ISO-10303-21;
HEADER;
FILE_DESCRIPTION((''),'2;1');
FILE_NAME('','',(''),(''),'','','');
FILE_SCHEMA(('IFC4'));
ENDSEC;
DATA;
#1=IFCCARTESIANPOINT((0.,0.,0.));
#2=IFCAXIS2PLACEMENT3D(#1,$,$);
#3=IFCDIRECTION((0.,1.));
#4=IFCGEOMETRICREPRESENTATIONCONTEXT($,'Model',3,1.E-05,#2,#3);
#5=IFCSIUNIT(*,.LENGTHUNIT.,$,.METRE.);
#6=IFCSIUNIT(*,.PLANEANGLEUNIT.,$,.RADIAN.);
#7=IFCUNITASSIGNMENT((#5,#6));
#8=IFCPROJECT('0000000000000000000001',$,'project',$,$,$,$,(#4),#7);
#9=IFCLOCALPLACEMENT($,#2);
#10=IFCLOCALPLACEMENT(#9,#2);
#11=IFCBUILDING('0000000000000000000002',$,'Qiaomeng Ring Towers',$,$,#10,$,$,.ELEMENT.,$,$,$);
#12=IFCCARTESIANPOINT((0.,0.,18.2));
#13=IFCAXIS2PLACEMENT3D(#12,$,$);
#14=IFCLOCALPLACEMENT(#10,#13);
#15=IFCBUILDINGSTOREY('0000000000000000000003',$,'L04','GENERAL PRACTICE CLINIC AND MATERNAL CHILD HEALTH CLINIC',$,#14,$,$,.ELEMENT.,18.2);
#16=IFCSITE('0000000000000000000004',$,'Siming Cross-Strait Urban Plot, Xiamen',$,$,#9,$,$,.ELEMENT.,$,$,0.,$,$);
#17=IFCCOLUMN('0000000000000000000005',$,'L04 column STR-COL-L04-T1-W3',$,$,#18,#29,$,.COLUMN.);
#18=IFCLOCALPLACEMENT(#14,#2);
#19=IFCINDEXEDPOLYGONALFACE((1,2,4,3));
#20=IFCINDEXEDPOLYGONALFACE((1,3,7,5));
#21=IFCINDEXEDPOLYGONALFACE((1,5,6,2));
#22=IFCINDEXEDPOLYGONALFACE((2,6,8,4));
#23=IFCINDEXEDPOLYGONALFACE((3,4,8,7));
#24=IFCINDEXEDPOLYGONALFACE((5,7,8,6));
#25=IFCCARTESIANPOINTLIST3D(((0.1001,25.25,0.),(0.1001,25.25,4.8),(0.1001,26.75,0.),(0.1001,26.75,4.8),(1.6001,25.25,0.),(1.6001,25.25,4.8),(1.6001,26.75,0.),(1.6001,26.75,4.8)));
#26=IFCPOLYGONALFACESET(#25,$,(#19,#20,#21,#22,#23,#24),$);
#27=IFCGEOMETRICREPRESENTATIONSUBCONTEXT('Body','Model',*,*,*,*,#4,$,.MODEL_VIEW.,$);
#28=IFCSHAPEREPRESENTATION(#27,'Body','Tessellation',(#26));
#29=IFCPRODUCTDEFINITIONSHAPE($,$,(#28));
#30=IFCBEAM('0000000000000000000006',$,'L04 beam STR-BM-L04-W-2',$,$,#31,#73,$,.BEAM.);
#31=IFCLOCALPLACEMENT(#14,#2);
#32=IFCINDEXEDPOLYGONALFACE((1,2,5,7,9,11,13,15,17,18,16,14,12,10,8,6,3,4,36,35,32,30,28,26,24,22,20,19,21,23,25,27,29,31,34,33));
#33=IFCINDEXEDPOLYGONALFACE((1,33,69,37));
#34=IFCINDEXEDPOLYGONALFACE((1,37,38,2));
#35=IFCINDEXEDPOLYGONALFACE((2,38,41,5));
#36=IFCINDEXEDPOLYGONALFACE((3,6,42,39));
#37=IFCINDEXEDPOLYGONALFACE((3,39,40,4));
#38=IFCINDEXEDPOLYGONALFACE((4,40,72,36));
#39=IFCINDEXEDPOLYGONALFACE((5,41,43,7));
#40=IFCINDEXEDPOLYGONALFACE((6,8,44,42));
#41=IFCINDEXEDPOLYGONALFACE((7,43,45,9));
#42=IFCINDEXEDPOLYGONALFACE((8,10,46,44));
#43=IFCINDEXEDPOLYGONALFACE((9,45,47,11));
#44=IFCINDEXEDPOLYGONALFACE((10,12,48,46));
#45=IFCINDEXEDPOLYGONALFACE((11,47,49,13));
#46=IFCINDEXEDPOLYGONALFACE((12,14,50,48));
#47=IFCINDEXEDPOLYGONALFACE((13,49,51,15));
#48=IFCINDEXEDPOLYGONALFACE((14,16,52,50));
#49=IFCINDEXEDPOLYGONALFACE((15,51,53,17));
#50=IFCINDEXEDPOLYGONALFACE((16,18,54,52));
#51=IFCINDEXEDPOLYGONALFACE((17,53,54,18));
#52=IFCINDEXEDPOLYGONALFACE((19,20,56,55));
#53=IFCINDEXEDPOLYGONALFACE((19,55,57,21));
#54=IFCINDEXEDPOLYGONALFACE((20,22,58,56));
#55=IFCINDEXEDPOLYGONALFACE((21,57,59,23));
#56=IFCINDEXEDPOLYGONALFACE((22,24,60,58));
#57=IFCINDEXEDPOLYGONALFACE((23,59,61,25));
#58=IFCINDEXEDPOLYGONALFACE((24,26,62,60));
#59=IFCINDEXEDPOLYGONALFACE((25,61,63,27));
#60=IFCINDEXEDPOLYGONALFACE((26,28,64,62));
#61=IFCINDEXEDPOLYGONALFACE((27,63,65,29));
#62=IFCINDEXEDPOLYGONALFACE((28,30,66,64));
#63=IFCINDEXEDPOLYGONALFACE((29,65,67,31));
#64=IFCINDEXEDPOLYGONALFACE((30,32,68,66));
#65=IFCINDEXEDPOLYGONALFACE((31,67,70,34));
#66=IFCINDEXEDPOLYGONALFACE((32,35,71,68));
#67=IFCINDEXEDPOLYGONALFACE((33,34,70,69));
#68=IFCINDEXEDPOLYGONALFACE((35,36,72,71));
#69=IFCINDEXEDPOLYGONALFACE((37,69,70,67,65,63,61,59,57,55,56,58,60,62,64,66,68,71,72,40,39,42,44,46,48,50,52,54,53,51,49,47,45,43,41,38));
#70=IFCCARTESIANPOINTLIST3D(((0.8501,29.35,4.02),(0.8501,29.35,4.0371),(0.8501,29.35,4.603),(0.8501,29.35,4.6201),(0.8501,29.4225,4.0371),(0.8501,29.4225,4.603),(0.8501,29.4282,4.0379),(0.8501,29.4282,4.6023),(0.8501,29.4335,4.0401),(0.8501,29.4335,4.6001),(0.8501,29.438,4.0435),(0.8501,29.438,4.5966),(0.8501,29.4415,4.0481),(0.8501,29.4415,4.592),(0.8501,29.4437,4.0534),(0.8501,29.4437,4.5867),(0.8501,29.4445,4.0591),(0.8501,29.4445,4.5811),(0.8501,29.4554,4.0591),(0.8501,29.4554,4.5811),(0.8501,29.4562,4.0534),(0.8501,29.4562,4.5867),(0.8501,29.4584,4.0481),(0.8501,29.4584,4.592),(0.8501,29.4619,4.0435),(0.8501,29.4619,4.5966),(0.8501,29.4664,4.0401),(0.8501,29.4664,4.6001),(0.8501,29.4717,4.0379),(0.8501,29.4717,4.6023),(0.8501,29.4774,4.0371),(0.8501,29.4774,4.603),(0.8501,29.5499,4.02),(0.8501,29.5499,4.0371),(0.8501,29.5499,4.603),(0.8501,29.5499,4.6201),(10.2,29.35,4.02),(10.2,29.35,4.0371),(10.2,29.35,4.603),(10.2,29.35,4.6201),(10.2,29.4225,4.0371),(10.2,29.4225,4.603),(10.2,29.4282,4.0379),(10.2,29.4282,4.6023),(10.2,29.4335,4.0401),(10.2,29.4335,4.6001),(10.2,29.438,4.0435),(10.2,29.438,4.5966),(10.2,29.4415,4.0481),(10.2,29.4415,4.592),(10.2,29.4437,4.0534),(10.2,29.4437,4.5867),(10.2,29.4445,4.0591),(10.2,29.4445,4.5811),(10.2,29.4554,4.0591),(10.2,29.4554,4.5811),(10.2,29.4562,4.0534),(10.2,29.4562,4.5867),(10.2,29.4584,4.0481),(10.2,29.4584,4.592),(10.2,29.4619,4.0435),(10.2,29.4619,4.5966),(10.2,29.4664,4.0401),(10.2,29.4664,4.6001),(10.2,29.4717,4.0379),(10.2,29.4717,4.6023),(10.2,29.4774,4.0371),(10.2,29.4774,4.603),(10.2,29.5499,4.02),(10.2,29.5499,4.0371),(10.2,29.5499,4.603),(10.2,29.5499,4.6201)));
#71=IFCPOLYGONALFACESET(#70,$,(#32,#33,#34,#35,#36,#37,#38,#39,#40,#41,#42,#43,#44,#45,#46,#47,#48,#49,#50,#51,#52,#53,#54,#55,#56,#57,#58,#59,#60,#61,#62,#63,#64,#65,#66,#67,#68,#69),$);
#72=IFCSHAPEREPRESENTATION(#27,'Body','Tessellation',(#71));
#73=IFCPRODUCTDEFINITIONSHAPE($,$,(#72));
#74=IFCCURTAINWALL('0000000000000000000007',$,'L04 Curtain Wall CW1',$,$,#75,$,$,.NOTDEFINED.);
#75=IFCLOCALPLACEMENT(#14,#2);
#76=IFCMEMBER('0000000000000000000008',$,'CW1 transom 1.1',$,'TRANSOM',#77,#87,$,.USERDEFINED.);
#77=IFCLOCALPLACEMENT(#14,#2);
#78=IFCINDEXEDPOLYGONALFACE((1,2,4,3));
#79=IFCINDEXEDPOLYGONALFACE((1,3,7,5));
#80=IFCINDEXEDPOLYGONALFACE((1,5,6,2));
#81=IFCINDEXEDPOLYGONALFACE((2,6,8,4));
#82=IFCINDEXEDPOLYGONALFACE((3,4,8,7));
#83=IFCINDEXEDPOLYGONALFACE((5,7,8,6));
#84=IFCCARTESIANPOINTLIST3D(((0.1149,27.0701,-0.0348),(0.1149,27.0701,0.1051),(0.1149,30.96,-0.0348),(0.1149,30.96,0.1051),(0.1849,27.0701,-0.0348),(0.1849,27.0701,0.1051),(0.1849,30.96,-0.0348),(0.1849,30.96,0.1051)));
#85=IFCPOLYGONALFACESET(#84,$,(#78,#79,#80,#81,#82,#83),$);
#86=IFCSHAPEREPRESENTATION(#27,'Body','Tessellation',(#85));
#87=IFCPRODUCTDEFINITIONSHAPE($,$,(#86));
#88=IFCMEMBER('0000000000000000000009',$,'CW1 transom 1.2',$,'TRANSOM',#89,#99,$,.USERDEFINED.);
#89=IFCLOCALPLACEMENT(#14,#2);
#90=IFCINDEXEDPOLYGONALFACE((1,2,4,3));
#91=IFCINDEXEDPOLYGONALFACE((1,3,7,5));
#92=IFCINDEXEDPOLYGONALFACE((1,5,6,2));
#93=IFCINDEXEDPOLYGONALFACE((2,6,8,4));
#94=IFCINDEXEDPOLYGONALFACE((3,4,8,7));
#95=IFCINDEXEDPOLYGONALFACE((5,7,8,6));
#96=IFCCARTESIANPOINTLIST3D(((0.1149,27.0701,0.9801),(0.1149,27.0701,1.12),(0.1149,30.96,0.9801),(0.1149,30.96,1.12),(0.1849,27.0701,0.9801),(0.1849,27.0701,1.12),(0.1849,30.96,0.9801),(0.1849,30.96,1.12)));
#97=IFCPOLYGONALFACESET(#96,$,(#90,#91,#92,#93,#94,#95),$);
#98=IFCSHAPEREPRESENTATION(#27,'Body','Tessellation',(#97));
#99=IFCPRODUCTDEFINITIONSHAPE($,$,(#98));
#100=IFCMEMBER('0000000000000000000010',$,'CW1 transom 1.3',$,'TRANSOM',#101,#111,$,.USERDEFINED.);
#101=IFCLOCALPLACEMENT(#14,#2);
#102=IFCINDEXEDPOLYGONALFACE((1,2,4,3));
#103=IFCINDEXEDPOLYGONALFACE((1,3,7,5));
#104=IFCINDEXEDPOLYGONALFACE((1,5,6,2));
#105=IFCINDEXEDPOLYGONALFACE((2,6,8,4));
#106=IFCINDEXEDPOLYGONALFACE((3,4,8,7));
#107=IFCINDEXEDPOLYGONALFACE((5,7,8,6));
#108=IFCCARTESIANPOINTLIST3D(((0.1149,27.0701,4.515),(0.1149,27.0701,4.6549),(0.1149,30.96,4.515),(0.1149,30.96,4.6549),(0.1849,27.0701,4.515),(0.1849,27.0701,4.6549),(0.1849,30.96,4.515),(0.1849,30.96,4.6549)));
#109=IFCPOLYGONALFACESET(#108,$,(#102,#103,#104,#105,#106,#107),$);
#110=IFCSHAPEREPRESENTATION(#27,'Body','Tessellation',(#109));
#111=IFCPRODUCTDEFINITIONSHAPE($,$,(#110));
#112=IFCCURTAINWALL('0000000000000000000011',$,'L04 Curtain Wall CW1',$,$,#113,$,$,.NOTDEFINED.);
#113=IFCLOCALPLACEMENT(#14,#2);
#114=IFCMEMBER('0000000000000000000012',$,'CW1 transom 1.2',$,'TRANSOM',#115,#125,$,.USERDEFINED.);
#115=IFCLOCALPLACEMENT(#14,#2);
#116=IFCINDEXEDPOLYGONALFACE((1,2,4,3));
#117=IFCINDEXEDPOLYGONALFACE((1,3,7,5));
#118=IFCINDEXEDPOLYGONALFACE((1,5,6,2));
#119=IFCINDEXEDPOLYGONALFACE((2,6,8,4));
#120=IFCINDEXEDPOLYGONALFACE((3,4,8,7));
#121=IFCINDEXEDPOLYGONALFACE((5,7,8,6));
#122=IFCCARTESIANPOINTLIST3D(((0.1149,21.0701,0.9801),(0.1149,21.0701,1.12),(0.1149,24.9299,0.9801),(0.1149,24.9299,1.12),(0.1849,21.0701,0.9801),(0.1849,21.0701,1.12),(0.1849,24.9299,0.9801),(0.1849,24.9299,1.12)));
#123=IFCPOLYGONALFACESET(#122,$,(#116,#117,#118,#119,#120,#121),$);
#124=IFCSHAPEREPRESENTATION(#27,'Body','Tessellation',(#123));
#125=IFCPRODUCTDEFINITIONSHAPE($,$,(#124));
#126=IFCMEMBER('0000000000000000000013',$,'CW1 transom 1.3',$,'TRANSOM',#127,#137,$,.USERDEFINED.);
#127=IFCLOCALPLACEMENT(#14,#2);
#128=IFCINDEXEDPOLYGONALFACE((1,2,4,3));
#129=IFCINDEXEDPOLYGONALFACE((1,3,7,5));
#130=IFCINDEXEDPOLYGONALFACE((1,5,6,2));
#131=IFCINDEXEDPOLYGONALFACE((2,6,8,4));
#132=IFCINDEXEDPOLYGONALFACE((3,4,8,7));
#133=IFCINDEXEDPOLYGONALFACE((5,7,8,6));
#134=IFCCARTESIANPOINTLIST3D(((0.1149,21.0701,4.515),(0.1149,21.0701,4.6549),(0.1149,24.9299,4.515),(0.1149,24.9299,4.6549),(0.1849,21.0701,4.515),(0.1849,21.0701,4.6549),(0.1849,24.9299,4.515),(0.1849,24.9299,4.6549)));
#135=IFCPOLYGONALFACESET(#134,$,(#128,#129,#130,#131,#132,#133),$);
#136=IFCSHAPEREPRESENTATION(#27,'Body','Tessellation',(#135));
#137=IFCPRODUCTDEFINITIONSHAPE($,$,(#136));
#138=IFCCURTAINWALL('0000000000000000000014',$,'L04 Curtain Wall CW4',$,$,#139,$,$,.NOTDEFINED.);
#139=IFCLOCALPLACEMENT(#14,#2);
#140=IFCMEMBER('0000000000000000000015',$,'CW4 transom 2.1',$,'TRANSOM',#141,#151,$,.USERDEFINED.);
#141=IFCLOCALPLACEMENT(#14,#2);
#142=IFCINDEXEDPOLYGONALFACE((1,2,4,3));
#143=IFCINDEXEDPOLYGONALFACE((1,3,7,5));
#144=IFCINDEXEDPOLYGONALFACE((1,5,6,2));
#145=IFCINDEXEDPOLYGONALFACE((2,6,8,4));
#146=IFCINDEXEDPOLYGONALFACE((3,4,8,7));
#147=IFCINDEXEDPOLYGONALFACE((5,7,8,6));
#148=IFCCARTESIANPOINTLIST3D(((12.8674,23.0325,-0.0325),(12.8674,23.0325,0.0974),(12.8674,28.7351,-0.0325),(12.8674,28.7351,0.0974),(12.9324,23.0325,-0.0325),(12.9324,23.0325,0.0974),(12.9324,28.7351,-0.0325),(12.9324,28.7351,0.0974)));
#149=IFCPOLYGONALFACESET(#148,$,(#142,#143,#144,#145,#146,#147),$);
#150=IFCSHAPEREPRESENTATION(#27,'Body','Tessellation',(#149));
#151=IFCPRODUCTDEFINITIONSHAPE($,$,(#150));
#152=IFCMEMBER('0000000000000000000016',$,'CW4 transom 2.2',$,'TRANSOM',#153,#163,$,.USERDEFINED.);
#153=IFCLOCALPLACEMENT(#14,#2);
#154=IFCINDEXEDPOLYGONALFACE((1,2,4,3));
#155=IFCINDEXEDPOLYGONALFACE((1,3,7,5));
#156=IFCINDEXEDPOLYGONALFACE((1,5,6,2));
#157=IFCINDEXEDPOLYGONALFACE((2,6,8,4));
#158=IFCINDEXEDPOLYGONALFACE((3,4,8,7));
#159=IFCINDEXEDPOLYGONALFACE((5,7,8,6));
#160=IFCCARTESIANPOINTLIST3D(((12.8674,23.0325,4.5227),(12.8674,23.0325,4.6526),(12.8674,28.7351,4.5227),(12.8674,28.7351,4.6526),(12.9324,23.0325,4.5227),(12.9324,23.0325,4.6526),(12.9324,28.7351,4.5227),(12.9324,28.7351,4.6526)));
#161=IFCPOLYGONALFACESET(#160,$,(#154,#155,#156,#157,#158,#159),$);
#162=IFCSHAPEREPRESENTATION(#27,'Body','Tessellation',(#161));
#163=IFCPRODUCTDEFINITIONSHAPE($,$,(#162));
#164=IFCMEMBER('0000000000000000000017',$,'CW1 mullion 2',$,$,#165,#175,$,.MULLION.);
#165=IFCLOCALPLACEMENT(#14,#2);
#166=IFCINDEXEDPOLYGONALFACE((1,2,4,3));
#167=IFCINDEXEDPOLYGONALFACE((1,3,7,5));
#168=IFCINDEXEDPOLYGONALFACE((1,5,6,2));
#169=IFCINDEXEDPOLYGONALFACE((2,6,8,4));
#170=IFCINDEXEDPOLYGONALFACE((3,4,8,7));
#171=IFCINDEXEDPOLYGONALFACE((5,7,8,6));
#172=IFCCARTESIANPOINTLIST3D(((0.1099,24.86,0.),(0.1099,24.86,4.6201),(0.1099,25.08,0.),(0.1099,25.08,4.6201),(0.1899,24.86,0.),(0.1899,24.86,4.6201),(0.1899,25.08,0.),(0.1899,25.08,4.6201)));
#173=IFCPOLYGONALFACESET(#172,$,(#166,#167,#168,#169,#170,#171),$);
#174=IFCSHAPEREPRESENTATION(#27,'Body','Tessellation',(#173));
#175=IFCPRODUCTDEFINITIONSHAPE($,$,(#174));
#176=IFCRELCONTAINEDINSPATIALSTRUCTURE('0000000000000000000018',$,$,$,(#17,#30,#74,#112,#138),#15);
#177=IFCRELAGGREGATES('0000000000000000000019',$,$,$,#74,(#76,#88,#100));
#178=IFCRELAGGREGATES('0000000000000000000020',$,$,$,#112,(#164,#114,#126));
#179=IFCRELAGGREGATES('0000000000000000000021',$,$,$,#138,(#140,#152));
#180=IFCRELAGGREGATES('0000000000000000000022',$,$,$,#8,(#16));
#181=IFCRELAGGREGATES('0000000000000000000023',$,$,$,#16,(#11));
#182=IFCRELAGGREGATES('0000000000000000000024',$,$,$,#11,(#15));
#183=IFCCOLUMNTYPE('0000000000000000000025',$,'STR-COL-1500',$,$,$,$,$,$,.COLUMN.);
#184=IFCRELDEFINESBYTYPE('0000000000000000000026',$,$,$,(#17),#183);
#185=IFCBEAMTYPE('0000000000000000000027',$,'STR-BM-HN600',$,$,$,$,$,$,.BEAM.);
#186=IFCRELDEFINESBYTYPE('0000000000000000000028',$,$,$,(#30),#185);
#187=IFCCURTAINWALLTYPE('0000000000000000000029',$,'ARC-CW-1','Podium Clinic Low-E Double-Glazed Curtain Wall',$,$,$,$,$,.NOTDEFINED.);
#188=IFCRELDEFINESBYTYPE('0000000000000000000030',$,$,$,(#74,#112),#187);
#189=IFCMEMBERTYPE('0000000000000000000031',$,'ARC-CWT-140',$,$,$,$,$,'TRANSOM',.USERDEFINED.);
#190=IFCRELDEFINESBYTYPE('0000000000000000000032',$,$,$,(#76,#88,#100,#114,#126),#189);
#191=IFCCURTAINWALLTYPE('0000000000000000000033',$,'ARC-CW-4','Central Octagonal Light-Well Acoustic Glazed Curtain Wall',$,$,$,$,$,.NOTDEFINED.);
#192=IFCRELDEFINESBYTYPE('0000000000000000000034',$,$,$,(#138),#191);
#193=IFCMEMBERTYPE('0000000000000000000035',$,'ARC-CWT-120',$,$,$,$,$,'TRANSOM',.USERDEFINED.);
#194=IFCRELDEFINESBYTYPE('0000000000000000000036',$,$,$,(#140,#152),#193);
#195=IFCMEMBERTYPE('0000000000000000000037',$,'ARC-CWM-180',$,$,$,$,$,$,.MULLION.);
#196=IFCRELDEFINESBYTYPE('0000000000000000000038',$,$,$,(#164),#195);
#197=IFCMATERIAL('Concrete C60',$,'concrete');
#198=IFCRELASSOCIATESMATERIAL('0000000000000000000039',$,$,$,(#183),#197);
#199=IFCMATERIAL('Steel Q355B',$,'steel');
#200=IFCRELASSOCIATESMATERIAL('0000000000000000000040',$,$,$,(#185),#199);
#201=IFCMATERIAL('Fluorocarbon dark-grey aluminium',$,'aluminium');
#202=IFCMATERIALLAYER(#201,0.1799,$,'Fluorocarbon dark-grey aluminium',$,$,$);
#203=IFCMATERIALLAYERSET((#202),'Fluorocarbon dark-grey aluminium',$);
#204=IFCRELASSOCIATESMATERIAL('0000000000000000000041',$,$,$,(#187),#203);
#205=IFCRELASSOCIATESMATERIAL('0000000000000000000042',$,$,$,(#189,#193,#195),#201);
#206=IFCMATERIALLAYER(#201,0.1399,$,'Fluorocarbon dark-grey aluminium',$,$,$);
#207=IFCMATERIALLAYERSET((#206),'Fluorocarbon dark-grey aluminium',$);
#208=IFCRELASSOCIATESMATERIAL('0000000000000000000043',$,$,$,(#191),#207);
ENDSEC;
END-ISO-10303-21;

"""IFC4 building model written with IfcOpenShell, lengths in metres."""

from ifc_helpers import new_model, si_unit, direction, frame, origin, origin_2d, place, context, subcontext, project, spatial, rectangle, i_section, extrude, source, transform, mapped, material, layer, layer_set, material_profile, profile_set, type_object, element, aggregate, save


model = new_model("IFC4")

# Units and contexts
model_context = context("Model", 3, precision=1e-05, world=origin(), true_north=direction((0.0, 1.0)))
body_context = subcontext(model_context, "Body", "Model", "MODEL_VIEW")
ifc_project = project(units=[si_unit("LENGTHUNIT", "METRE"), si_unit("PLANEANGLEUNIT", "RADIAN")], contexts=[model_context])

# Site, building, storey
site_placement = place(None, origin())
site = spatial("IfcSite", under=ifc_project, at=site_placement, Name="Siming Cross-Strait Urban Plot, Xiamen", CompositionType="ELEMENT", RefElevation=0.0)
building_placement = place(site_placement, origin())
building = spatial("IfcBuilding", under=site, at=building_placement, Name="Qiaomeng Ring Towers", CompositionType="ELEMENT")
storey_placement = place(building_placement, frame((0.0, 0.0, 18.2)))
storey = spatial("IfcBuildingStorey", under=building, at=storey_placement, Name="L04", Description="GENERAL PRACTICE CLINIC AND MATERNAL CHILD HEALTH CLINIC", CompositionType="ELEMENT", Elevation=18.2)

# Column
ifc_material_1 = material(Name="Concrete C60", Category="concrete")
ifc_material_profile_1 = material_profile(ifc_material_1, rectangle(XDim=1.5, YDim=1.5, at=origin_2d()), Name="RC COL 1500x1500")
ifc_profile_set_1 = profile_set([ifc_material_profile_1], Name="Concrete C60")
column_type = type_object("IfcColumnType", Name="STR-COL-1500", PredefinedType="COLUMN", material=ifc_profile_set_1)
shared_shape_1 = source(origin(), body_context, "Body", "SweptSolid", [
    extrude(rectangle(XDim=1.5, YDim=1.5, at=origin_2d()), origin(), (0.0, 0.0, 1.0), 4.8),
])
column_placement = place(storey_placement, frame((0.8501, 26.0, 0.0), z_axis=(0.0, 0.0, 1.0), x_axis=(1.0, 0.0, 0.0)))
element("IfcColumn", 1, at=column_placement, inside=storey, type_object=column_type, Name="L04 column STR-COL-L04-T1-W3", PredefinedType="COLUMN", context=body_context, shape_type="MappedRepresentation", body=[
    mapped(shared_shape_1, transform((0.0, 0.0, 0.0), x_axis=(1.0, 0.0, 0.0), y_axis=(0.0, 1.0, 0.0), z_axis=(0.0, 0.0, 1.0), scale=1.0)),
])

# Beam
ifc_material_2 = material(Name="Steel Q355B", Category="steel")
ifc_material_profile_2 = material_profile(ifc_material_2, i_section(OverallWidth=0.2, OverallDepth=0.6001, WebThickness=0.011, FlangeThickness=0.0171, FilletRadius=0.022, at=origin_2d()), Name="HN 600x200x11x17")
ifc_profile_set_2 = profile_set([ifc_material_profile_2], Name="Steel Q355B")
beam_type = type_object("IfcBeamType", Name="STR-BM-HN600", PredefinedType="BEAM", material=ifc_profile_set_2)
shared_shape_2 = source(origin(), body_context, "Body", "SweptSolid", [
    extrude(i_section(OverallWidth=0.2, OverallDepth=0.6001, WebThickness=0.011, FlangeThickness=0.0171, FilletRadius=0.022, at=origin_2d()), origin(), (0.0, 0.0, 1.0), 9.3499),
])
beam_placement = place(storey_placement, frame((0.8501, 29.45, 4.3201), z_axis=(1.0, 0.0, 0.0), x_axis=(0.0, 1.0, 0.0)))
element("IfcBeam", 2, at=beam_placement, inside=storey, type_object=beam_type, Name="L04 beam STR-BM-L04-W-2", PredefinedType="BEAM", context=body_context, shape_type="MappedRepresentation", body=[
    mapped(shared_shape_2, transform((0.0, 0.0, 0.0), x_axis=(1.0, 0.0, 0.0), y_axis=(0.0, 1.0, 0.0), z_axis=(0.0, 0.0, 1.0), scale=1.0)),
])

# Curtain walls, members
ifc_material_3 = material(Name="Fluorocarbon dark-grey aluminium", Category="aluminium")
ifc_layer_1 = layer(ifc_material_3, 0.1799, Name="Fluorocarbon dark-grey aluminium")
ifc_layer_set_1 = layer_set([ifc_layer_1], Name="Fluorocarbon dark-grey aluminium")
curtain_wall_type_1 = type_object("IfcCurtainWallType", Name="ARC-CW-1", Description="Podium Clinic Low-E Double-Glazed Curtain Wall", PredefinedType="NOTDEFINED", material=ifc_layer_set_1)
curtain_wall_1_placement = place(storey_placement, origin())
curtain_wall_1 = element("IfcCurtainWall", 3, at=curtain_wall_1_placement, inside=storey, type_object=curtain_wall_type_1, Name="L04 Curtain Wall CW1", PredefinedType="NOTDEFINED")
ifc_material_profile_3 = material_profile(ifc_material_3, rectangle(XDim=0.0701, YDim=0.1399, at=origin_2d()), Name="ALU TRAN 70x140")
ifc_profile_set_3 = profile_set([ifc_material_profile_3], Name="Fluorocarbon dark-grey aluminium")
member_type_1 = type_object("IfcMemberType", Name="ARC-CWT-140", ElementType="TRANSOM", PredefinedType="USERDEFINED", material=ifc_profile_set_3)
shared_shape_3 = source(origin(), body_context, "Body", "SweptSolid", [
    extrude(rectangle(XDim=0.0701, YDim=0.1399, at=origin_2d()), origin(), (0.0, 0.0, 1.0), 3.8899),
])
member_1_placement = place(storey_placement, frame((0.1499, 27.0701, 0.0352), z_axis=(0.0, 1.0, 0.0), x_axis=(-1.0, 0.0, 0.0)))
member_1 = element("IfcMember", 4, at=member_1_placement, type_object=member_type_1, Name="CW1 transom 1.1", ObjectType="TRANSOM", PredefinedType="USERDEFINED", context=body_context, shape_type="MappedRepresentation", body=[
    mapped(shared_shape_3, transform((0.0, 0.0, 0.0), x_axis=(1.0, 0.0, 0.0), y_axis=(0.0, 1.0, 0.0), z_axis=(0.0, 0.0, 1.0), scale=1.0)),
])
member_2_placement = place(storey_placement, frame((0.1499, 27.0701, 1.05), z_axis=(0.0, 1.0, 0.0), x_axis=(-1.0, 0.0, 0.0)))
member_2 = element("IfcMember", 5, at=member_2_placement, type_object=member_type_1, Name="CW1 transom 1.2", ObjectType="TRANSOM", PredefinedType="USERDEFINED", context=body_context, shape_type="MappedRepresentation", body=[
    mapped(shared_shape_3, transform((0.0, 0.0, 0.0), x_axis=(1.0, 0.0, 0.0), y_axis=(0.0, 1.0, 0.0), z_axis=(0.0, 0.0, 1.0), scale=1.0)),
])
member_3_placement = place(storey_placement, frame((0.1499, 27.0701, 4.585), z_axis=(0.0, 1.0, 0.0), x_axis=(-1.0, 0.0, 0.0)))
member_3 = element("IfcMember", 6, at=member_3_placement, type_object=member_type_1, Name="CW1 transom 1.3", ObjectType="TRANSOM", PredefinedType="USERDEFINED", context=body_context, shape_type="MappedRepresentation", body=[
    mapped(shared_shape_3, transform((0.0, 0.0, 0.0), x_axis=(1.0, 0.0, 0.0), y_axis=(0.0, 1.0, 0.0), z_axis=(0.0, 0.0, 1.0), scale=1.0)),
])
curtain_wall_2_placement = place(storey_placement, origin())
curtain_wall_2 = element("IfcCurtainWall", 7, at=curtain_wall_2_placement, inside=storey, type_object=curtain_wall_type_1, Name="L04 Curtain Wall CW1", PredefinedType="NOTDEFINED")
shared_shape_4 = source(origin(), body_context, "Body", "SweptSolid", [
    extrude(rectangle(XDim=0.0701, YDim=0.1399, at=origin_2d()), origin(), (0.0, 0.0, 1.0), 3.8599),
])
member_4_placement = place(storey_placement, frame((0.1499, 21.0701, 1.05), z_axis=(0.0, 1.0, 0.0), x_axis=(-1.0, 0.0, 0.0)))
member_4 = element("IfcMember", 8, at=member_4_placement, type_object=member_type_1, Name="CW1 transom 1.2", ObjectType="TRANSOM", PredefinedType="USERDEFINED", context=body_context, shape_type="MappedRepresentation", body=[
    mapped(shared_shape_4, transform((0.0, 0.0, 0.0), x_axis=(1.0, 0.0, 0.0), y_axis=(0.0, 1.0, 0.0), z_axis=(0.0, 0.0, 1.0), scale=1.0)),
])
member_5_placement = place(storey_placement, frame((0.1499, 21.0701, 4.585), z_axis=(0.0, 1.0, 0.0), x_axis=(-1.0, 0.0, 0.0)))
member_5 = element("IfcMember", 9, at=member_5_placement, type_object=member_type_1, Name="CW1 transom 1.3", ObjectType="TRANSOM", PredefinedType="USERDEFINED", context=body_context, shape_type="MappedRepresentation", body=[
    mapped(shared_shape_4, transform((0.0, 0.0, 0.0), x_axis=(1.0, 0.0, 0.0), y_axis=(0.0, 1.0, 0.0), z_axis=(0.0, 0.0, 1.0), scale=1.0)),
])
ifc_layer_2 = layer(ifc_material_3, 0.1399, Name="Fluorocarbon dark-grey aluminium")
ifc_layer_set_2 = layer_set([ifc_layer_2], Name="Fluorocarbon dark-grey aluminium")
curtain_wall_type_2 = type_object("IfcCurtainWallType", Name="ARC-CW-4", Description="Central Octagonal Light-Well Acoustic Glazed Curtain Wall", PredefinedType="NOTDEFINED", material=ifc_layer_set_2)
curtain_wall_3_placement = place(storey_placement, origin())
curtain_wall_3 = element("IfcCurtainWall", 10, at=curtain_wall_3_placement, inside=storey, type_object=curtain_wall_type_2, Name="L04 Curtain Wall CW4", PredefinedType="NOTDEFINED")
ifc_material_profile_4 = material_profile(ifc_material_3, rectangle(XDim=0.0649, YDim=0.1299, at=origin_2d()), Name="ALU TRAN 65x130")
ifc_profile_set_4 = profile_set([ifc_material_profile_4], Name="Fluorocarbon dark-grey aluminium")
member_type_2 = type_object("IfcMemberType", Name="ARC-CWT-120", ElementType="TRANSOM", PredefinedType="USERDEFINED", material=ifc_profile_set_4)
shared_shape_5 = source(origin(), body_context, "Body", "SweptSolid", [
    extrude(rectangle(XDim=0.0649, YDim=0.1299, at=origin_2d()), origin(), (0.0, 0.0, 1.0), 5.7026),
])
member_6_placement = place(storey_placement, frame((12.8999, 23.0325, 0.0325), z_axis=(0.0, 1.0, 0.0), x_axis=(-1.0, 0.0, 0.0)))
member_6 = element("IfcMember", 11, at=member_6_placement, type_object=member_type_2, Name="CW4 transom 2.1", ObjectType="TRANSOM", PredefinedType="USERDEFINED", context=body_context, shape_type="MappedRepresentation", body=[
    mapped(shared_shape_5, transform((0.0, 0.0, 0.0), x_axis=(1.0, 0.0, 0.0), y_axis=(0.0, 1.0, 0.0), z_axis=(0.0, 0.0, 1.0), scale=1.0)),
])
member_7_placement = place(storey_placement, frame((12.8999, 23.0325, 4.5876), z_axis=(0.0, 1.0, 0.0), x_axis=(-1.0, 0.0, 0.0)))
member_7 = element("IfcMember", 12, at=member_7_placement, type_object=member_type_2, Name="CW4 transom 2.2", ObjectType="TRANSOM", PredefinedType="USERDEFINED", context=body_context, shape_type="MappedRepresentation", body=[
    mapped(shared_shape_5, transform((0.0, 0.0, 0.0), x_axis=(1.0, 0.0, 0.0), y_axis=(0.0, 1.0, 0.0), z_axis=(0.0, 0.0, 1.0), scale=1.0)),
])

# Member
ifc_material_profile_5 = material_profile(ifc_material_3, rectangle(XDim=0.0801, YDim=0.22, at=origin_2d()), Name="ALU MULL 80x220")
ifc_profile_set_5 = profile_set([ifc_material_profile_5], Name="Fluorocarbon dark-grey aluminium")
member_type_3 = type_object("IfcMemberType", Name="ARC-CWM-180", PredefinedType="MULLION", material=ifc_profile_set_5)
shared_shape_6 = source(origin(), body_context, "Body", "SweptSolid", [
    extrude(rectangle(XDim=0.0801, YDim=0.22, at=origin_2d()), origin(), (0.0, 0.0, 1.0), 4.6201),
])
member_8_placement = place(storey_placement, frame((0.1499, 24.97, 0.0), z_axis=(0.0, 0.0, 1.0), x_axis=(-1.0, 0.0, 0.0)))
member_8 = element("IfcMember", 13, at=member_8_placement, type_object=member_type_3, Name="CW1 mullion 2", PredefinedType="MULLION", context=body_context, shape_type="MappedRepresentation", body=[
    mapped(shared_shape_6, transform((0.0, 0.0, 0.0), x_axis=(1.0, 0.0, 0.0), y_axis=(0.0, 1.0, 0.0), z_axis=(0.0, 0.0, 1.0), scale=1.0)),
])

aggregate(curtain_wall_1, [member_1, member_2, member_3])
aggregate(curtain_wall_2, [member_8, member_4, member_5])
aggregate(curtain_wall_3, [member_6, member_7])

save(model, "model.ifc")
